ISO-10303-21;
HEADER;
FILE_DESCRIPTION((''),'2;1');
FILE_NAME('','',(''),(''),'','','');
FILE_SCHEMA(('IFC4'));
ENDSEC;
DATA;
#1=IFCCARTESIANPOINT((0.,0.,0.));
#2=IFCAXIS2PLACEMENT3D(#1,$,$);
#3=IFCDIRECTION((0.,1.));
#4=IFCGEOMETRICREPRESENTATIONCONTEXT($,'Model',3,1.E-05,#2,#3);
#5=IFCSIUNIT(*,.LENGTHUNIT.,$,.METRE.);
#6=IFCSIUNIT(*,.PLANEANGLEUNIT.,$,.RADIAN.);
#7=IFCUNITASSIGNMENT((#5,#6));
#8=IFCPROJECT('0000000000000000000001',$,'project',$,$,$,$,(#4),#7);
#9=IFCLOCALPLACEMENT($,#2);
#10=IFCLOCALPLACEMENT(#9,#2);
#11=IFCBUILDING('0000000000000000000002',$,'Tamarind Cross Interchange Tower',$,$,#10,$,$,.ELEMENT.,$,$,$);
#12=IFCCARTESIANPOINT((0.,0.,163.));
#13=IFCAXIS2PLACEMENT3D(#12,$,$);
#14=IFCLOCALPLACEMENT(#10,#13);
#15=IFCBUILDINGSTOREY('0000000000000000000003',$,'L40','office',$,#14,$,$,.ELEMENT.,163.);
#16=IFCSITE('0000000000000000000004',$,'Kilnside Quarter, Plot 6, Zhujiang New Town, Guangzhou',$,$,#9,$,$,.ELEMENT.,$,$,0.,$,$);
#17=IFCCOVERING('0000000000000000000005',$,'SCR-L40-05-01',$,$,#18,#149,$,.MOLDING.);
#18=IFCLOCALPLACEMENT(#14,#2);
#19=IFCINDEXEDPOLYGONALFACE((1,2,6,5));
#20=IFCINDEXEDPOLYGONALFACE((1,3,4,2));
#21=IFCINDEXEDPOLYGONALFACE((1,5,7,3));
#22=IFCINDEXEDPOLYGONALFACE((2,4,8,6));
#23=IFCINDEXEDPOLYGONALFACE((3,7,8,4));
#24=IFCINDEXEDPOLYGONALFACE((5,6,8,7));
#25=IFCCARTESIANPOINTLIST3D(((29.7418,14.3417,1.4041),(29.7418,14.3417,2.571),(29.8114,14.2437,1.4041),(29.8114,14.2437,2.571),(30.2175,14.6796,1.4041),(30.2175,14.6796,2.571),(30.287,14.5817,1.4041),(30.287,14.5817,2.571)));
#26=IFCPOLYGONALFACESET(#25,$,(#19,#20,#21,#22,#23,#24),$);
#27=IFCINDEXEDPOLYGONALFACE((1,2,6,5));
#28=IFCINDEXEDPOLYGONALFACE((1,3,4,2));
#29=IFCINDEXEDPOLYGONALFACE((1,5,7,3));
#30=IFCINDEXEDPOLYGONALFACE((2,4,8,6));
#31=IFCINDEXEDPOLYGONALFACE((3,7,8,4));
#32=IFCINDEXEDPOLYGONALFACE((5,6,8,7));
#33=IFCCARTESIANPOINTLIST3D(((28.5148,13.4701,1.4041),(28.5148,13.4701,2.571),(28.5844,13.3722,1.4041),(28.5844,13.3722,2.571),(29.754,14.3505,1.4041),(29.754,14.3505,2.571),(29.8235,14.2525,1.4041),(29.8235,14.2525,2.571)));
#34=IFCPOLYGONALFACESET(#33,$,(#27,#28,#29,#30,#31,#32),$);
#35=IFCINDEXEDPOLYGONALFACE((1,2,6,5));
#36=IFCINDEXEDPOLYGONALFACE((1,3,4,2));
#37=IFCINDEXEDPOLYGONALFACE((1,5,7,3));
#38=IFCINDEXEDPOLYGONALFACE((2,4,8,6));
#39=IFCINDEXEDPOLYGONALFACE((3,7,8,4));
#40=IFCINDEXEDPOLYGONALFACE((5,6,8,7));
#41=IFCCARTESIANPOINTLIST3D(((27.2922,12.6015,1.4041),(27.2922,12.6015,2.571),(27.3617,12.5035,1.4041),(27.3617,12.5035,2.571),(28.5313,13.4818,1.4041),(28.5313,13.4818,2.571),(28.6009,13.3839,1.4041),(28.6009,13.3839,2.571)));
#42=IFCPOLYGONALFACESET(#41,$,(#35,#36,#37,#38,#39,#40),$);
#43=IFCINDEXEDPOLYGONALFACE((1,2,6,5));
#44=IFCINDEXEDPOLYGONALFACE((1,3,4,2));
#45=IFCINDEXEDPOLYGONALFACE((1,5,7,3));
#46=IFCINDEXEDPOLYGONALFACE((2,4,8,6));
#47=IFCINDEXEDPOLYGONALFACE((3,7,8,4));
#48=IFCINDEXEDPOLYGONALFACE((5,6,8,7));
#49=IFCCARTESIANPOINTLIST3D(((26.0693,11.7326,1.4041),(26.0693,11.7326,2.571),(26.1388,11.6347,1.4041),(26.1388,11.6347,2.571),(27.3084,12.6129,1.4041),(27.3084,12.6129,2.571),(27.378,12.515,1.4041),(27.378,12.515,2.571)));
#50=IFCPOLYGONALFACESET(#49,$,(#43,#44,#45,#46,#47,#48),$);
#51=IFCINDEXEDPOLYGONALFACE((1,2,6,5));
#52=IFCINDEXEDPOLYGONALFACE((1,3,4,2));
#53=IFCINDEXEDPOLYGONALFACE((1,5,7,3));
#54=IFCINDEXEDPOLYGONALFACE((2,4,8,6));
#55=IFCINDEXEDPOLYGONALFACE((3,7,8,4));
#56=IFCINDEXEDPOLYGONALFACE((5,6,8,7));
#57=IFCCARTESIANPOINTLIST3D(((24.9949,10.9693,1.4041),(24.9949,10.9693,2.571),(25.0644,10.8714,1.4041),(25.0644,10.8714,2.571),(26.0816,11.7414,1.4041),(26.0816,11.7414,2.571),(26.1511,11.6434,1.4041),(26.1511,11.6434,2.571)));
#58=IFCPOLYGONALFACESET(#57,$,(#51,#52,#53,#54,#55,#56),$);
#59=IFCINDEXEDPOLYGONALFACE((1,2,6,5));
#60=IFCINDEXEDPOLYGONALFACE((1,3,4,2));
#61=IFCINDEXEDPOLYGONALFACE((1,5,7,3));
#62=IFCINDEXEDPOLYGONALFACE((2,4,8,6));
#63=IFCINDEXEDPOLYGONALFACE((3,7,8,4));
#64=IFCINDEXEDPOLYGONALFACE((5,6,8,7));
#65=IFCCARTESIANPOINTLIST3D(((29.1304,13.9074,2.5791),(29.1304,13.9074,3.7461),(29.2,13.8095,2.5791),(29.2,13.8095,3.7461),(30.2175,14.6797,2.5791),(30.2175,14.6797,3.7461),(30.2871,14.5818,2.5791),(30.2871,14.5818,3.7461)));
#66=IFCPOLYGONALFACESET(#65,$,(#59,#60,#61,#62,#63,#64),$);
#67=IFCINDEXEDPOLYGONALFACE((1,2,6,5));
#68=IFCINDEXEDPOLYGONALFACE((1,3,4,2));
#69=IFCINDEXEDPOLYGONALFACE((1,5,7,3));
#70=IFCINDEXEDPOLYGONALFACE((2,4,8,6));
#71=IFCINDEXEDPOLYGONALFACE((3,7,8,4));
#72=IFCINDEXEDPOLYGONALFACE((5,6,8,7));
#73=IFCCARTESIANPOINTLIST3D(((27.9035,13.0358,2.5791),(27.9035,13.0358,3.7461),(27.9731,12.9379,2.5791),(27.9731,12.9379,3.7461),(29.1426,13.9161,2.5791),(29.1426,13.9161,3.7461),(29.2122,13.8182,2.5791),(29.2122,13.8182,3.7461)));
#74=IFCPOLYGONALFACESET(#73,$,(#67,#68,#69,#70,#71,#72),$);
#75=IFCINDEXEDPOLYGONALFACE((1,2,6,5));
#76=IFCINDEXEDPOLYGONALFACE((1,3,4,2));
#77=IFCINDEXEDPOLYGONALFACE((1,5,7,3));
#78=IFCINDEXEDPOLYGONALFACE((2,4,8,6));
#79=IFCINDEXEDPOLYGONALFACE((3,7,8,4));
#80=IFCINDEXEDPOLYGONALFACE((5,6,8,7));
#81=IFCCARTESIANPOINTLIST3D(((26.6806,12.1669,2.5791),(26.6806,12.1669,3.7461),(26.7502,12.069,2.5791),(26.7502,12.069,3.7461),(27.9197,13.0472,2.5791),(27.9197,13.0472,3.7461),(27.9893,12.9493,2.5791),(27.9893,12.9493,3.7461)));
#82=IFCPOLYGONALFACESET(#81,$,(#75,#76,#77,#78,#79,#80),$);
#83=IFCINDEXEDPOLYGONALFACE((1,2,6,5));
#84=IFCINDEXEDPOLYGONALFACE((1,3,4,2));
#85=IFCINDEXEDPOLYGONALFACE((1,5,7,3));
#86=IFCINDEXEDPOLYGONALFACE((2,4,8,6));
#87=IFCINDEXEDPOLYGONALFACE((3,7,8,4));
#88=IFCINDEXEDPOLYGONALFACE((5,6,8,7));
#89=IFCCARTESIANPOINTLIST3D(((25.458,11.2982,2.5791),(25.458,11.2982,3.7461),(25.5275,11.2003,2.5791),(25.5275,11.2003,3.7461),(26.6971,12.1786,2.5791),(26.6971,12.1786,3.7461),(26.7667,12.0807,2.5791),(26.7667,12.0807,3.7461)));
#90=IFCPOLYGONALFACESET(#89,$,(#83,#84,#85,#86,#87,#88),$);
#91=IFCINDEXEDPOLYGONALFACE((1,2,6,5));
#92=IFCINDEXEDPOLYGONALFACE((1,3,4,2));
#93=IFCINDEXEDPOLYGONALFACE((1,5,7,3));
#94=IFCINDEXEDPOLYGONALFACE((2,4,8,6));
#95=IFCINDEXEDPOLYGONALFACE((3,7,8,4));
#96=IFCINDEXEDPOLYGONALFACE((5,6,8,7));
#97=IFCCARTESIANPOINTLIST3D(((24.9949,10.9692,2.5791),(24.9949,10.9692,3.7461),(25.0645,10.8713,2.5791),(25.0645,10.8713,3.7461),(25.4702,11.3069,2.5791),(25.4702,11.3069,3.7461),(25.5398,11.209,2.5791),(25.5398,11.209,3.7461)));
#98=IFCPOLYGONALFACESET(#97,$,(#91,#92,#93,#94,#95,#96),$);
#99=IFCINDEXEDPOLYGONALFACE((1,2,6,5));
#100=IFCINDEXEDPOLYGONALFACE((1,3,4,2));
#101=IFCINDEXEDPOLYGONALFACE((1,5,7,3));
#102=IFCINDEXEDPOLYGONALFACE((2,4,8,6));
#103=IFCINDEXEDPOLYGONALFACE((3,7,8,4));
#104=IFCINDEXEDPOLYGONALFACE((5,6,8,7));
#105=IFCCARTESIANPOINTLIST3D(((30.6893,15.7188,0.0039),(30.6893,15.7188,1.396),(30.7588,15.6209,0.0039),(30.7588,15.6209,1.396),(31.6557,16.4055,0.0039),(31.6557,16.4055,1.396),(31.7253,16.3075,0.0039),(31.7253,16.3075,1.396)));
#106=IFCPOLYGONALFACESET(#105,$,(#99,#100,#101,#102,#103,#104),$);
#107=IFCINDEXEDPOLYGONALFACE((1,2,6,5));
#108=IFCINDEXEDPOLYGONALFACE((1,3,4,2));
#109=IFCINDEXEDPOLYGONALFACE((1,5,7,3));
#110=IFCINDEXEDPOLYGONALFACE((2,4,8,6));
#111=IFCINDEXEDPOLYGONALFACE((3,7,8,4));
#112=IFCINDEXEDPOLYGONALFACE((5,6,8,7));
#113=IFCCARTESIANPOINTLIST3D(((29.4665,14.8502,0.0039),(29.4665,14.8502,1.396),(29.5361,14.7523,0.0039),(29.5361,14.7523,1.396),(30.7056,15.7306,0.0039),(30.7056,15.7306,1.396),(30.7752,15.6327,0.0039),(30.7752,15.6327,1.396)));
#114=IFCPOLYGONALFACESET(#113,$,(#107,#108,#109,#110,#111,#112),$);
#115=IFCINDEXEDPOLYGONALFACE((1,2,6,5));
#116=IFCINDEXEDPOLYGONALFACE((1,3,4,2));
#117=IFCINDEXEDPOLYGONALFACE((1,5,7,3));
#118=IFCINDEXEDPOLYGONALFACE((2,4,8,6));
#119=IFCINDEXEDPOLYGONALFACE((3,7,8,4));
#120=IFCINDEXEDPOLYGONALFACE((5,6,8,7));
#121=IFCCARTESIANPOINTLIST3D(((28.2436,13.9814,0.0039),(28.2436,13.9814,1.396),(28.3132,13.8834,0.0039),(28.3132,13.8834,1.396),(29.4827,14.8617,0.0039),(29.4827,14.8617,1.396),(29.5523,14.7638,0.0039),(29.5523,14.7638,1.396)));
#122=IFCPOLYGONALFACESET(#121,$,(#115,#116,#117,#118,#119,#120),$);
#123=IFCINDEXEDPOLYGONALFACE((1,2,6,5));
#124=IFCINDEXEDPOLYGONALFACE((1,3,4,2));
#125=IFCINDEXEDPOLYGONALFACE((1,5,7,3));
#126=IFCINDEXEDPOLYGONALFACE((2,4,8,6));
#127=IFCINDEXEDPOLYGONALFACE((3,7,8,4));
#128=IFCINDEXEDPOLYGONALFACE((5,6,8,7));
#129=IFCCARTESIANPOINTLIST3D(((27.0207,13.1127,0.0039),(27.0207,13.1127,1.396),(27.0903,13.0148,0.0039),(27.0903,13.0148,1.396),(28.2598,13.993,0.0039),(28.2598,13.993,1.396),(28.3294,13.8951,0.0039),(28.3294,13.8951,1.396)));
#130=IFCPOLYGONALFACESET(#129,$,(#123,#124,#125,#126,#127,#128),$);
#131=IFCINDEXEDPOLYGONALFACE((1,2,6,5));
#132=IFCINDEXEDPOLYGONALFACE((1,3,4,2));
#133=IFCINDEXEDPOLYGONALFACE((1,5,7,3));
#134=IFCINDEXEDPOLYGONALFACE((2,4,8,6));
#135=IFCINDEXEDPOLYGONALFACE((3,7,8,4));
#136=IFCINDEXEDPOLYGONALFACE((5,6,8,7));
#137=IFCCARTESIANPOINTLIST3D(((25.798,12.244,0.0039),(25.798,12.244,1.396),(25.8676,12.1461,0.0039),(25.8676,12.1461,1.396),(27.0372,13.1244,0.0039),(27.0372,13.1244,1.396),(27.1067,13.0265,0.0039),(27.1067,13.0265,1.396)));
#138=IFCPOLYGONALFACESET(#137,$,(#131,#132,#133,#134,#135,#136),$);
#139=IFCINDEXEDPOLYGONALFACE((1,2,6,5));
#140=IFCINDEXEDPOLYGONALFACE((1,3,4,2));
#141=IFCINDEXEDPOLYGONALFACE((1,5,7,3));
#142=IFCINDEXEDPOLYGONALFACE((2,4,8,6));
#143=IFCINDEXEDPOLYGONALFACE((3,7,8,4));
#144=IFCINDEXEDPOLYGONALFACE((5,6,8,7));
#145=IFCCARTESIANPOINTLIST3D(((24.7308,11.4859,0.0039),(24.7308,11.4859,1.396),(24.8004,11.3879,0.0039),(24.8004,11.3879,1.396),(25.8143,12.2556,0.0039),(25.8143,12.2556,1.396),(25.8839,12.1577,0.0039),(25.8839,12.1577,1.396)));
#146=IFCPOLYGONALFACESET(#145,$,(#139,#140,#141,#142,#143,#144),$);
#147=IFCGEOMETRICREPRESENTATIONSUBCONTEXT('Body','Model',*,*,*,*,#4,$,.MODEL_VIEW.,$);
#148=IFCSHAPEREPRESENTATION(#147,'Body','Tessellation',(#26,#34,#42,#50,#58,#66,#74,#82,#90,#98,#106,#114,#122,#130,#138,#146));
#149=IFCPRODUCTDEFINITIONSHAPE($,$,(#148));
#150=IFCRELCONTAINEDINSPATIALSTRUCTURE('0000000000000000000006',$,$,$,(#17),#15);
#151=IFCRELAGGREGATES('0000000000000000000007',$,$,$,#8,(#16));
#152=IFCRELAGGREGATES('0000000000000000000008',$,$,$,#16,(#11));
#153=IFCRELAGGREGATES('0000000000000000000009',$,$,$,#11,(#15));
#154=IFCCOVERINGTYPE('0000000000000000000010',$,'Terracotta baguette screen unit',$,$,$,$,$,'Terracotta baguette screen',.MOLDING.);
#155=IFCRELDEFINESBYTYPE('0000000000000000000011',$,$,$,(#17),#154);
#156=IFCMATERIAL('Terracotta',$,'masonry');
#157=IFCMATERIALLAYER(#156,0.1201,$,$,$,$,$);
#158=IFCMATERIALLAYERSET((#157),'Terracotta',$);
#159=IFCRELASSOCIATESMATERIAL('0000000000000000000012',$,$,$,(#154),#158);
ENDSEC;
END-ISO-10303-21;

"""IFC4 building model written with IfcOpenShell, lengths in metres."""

from ifc_helpers import new_model, si_unit, direction, frame, origin, origin_2d, place, context, subcontext, project, spatial, rectangle, extrude, material, layer, layer_set, type_object, element, save


model = new_model("IFC4")

# Units and contexts
model_context = context("Model", 3, precision=1e-05, world=origin(), true_north=direction((0.0, 1.0)))
body_context = subcontext(model_context, "Body", "Model", "MODEL_VIEW")
ifc_project = project(units=[si_unit("LENGTHUNIT", "METRE"), si_unit("PLANEANGLEUNIT", "RADIAN")], contexts=[model_context])

# Site, building, storey
site_placement = place(None, origin())
site = spatial("IfcSite", under=ifc_project, at=site_placement, Name="Kilnside Quarter, Plot 6, Zhujiang New Town, Guangzhou", CompositionType="ELEMENT", RefElevation=0.0)
building_placement = place(site_placement, origin())
building = spatial("IfcBuilding", under=site, at=building_placement, Name="Tamarind Cross Interchange Tower", CompositionType="ELEMENT")
storey_placement = place(building_placement, frame((0.0, 0.0, 163.0)))
storey = spatial("IfcBuildingStorey", under=building, at=storey_placement, Name="L40", Description="office", CompositionType="ELEMENT", Elevation=163.0)

# Covering
ifc_material_1 = material(Name="Terracotta", Category="masonry")
ifc_layer_1 = layer(ifc_material_1, 0.1201)
ifc_layer_set_1 = layer_set([ifc_layer_1], Name="Terracotta")
covering_type = type_object("IfcCoveringType", Name="Terracotta baguette screen unit", ElementType="Terracotta baguette screen", PredefinedType="MOLDING", material=ifc_layer_set_1)
covering_1_placement = place(storey_placement, origin())
element("IfcCovering", 1, at=covering_1_placement, inside=storey, type_object=covering_type, Name="SCR-L40-05-01", PredefinedType="MOLDING", context=body_context, shape_type="SweptSolid", body=[
    extrude(rectangle(XDim=0.5835, YDim=0.1201, at=origin_2d()), frame((30.0144, 14.4617, 1.4041), z_axis=(0.0, 0.0, 1.0), x_axis=(-0.815215, -0.579159, 0.0)), (0.0, 0.0, 1.0), 1.167),
    extrude(rectangle(XDim=1.52, YDim=0.1201, at=origin_2d()), frame((29.1692, 13.8613, 1.4041), z_axis=(0.0, 0.0, 1.0), x_axis=(-0.815215, -0.579159, 0.0)), (0.0, 0.0, 1.0), 1.167),
    extrude(rectangle(XDim=1.52, YDim=0.1201, at=origin_2d()), frame((27.9465, 12.9927, 1.4041), z_axis=(0.0, 0.0, 1.0), x_axis=(-0.815215, -0.579159, 0.0)), (0.0, 0.0, 1.0), 1.167),
    extrude(rectangle(XDim=1.52, YDim=0.1201, at=origin_2d()), frame((26.7236, 12.1238, 1.4041), z_axis=(0.0, 0.0, 1.0), x_axis=(-0.815215, -0.579159, 0.0)), (0.0, 0.0, 1.0), 1.167),
    extrude(rectangle(XDim=1.333, YDim=0.1201, at=origin_2d()), frame((25.573, 11.3064, 1.4041), z_axis=(0.0, 0.0, 1.0), x_axis=(-0.815215, -0.579159, 0.0)), (0.0, 0.0, 1.0), 1.167),
    extrude(rectangle(XDim=1.3335, YDim=0.1201, at=origin_2d()), frame((29.7087, 14.2446, 2.5791), z_axis=(0.0, 0.0, 1.0), x_axis=(-0.815215, -0.579159, 0.0)), (0.0, 0.0, 1.0), 1.167),
    extrude(rectangle(XDim=1.52, YDim=0.1201, at=origin_2d()), frame((28.5579, 13.427, 2.5791), z_axis=(0.0, 0.0, 1.0), x_axis=(-0.815215, -0.579159, 0.0)), (0.0, 0.0, 1.0), 1.167),
    extrude(rectangle(XDim=1.52, YDim=0.1201, at=origin_2d()), frame((27.335, 12.5581, 2.5791), z_axis=(0.0, 0.0, 1.0), x_axis=(-0.815215, -0.579159, 0.0)), (0.0, 0.0, 1.0), 1.167),
    extrude(rectangle(XDim=1.52, YDim=0.1201, at=origin_2d()), frame((26.1123, 11.6895, 2.5791), z_axis=(0.0, 0.0, 1.0), x_axis=(-0.815215, -0.579159, 0.0)), (0.0, 0.0, 1.0), 1.167),
    extrude(rectangle(XDim=0.583, YDim=0.1201, at=origin_2d()), frame((25.2673, 11.0891, 2.5791), z_axis=(0.0, 0.0, 1.0), x_axis=(-0.815215, -0.579159, 0.0)), (0.0, 0.0, 1.0), 1.167),
    extrude(rectangle(XDim=1.1855, YDim=0.1201, at=origin_2d()), frame((31.2073, 16.0132, 0.0039), z_axis=(0.0, 0.0, 1.0), x_axis=(-0.815215, -0.579159, 0.0)), (0.0, 0.0, 1.0), 1.3921),
    extrude(rectangle(XDim=1.52, YDim=0.1201, at=origin_2d()), frame((30.1208, 15.2415, 0.0039), z_axis=(0.0, 0.0, 1.0), x_axis=(-0.815215, -0.579159, 0.0)), (0.0, 0.0, 1.0), 1.3921),
    extrude(rectangle(XDim=1.52, YDim=0.1201, at=origin_2d()), frame((28.8979, 14.3726, 0.0039), z_axis=(0.0, 0.0, 1.0), x_axis=(-0.815215, -0.579159, 0.0)), (0.0, 0.0, 1.0), 1.3921),
    extrude(rectangle(XDim=1.52, YDim=0.1201, at=origin_2d()), frame((27.675, 13.5039, 0.0039), z_axis=(0.0, 0.0, 1.0), x_axis=(-0.815215, -0.579159, 0.0)), (0.0, 0.0, 1.0), 1.3921),
    extrude(rectangle(XDim=1.52, YDim=0.1201, at=origin_2d()), frame((26.4524, 12.6353, 0.0039), z_axis=(0.0, 0.0, 1.0), x_axis=(-0.815215, -0.579159, 0.0)), (0.0, 0.0, 1.0), 1.3921),
    extrude(rectangle(XDim=1.3291, YDim=0.1201, at=origin_2d()), frame((25.3074, 11.8218, 0.0039), z_axis=(0.0, 0.0, 1.0), x_axis=(-0.815215, -0.579159, 0.0)), (0.0, 0.0, 1.0), 1.3921),
])

save(model, "model.ifc")
